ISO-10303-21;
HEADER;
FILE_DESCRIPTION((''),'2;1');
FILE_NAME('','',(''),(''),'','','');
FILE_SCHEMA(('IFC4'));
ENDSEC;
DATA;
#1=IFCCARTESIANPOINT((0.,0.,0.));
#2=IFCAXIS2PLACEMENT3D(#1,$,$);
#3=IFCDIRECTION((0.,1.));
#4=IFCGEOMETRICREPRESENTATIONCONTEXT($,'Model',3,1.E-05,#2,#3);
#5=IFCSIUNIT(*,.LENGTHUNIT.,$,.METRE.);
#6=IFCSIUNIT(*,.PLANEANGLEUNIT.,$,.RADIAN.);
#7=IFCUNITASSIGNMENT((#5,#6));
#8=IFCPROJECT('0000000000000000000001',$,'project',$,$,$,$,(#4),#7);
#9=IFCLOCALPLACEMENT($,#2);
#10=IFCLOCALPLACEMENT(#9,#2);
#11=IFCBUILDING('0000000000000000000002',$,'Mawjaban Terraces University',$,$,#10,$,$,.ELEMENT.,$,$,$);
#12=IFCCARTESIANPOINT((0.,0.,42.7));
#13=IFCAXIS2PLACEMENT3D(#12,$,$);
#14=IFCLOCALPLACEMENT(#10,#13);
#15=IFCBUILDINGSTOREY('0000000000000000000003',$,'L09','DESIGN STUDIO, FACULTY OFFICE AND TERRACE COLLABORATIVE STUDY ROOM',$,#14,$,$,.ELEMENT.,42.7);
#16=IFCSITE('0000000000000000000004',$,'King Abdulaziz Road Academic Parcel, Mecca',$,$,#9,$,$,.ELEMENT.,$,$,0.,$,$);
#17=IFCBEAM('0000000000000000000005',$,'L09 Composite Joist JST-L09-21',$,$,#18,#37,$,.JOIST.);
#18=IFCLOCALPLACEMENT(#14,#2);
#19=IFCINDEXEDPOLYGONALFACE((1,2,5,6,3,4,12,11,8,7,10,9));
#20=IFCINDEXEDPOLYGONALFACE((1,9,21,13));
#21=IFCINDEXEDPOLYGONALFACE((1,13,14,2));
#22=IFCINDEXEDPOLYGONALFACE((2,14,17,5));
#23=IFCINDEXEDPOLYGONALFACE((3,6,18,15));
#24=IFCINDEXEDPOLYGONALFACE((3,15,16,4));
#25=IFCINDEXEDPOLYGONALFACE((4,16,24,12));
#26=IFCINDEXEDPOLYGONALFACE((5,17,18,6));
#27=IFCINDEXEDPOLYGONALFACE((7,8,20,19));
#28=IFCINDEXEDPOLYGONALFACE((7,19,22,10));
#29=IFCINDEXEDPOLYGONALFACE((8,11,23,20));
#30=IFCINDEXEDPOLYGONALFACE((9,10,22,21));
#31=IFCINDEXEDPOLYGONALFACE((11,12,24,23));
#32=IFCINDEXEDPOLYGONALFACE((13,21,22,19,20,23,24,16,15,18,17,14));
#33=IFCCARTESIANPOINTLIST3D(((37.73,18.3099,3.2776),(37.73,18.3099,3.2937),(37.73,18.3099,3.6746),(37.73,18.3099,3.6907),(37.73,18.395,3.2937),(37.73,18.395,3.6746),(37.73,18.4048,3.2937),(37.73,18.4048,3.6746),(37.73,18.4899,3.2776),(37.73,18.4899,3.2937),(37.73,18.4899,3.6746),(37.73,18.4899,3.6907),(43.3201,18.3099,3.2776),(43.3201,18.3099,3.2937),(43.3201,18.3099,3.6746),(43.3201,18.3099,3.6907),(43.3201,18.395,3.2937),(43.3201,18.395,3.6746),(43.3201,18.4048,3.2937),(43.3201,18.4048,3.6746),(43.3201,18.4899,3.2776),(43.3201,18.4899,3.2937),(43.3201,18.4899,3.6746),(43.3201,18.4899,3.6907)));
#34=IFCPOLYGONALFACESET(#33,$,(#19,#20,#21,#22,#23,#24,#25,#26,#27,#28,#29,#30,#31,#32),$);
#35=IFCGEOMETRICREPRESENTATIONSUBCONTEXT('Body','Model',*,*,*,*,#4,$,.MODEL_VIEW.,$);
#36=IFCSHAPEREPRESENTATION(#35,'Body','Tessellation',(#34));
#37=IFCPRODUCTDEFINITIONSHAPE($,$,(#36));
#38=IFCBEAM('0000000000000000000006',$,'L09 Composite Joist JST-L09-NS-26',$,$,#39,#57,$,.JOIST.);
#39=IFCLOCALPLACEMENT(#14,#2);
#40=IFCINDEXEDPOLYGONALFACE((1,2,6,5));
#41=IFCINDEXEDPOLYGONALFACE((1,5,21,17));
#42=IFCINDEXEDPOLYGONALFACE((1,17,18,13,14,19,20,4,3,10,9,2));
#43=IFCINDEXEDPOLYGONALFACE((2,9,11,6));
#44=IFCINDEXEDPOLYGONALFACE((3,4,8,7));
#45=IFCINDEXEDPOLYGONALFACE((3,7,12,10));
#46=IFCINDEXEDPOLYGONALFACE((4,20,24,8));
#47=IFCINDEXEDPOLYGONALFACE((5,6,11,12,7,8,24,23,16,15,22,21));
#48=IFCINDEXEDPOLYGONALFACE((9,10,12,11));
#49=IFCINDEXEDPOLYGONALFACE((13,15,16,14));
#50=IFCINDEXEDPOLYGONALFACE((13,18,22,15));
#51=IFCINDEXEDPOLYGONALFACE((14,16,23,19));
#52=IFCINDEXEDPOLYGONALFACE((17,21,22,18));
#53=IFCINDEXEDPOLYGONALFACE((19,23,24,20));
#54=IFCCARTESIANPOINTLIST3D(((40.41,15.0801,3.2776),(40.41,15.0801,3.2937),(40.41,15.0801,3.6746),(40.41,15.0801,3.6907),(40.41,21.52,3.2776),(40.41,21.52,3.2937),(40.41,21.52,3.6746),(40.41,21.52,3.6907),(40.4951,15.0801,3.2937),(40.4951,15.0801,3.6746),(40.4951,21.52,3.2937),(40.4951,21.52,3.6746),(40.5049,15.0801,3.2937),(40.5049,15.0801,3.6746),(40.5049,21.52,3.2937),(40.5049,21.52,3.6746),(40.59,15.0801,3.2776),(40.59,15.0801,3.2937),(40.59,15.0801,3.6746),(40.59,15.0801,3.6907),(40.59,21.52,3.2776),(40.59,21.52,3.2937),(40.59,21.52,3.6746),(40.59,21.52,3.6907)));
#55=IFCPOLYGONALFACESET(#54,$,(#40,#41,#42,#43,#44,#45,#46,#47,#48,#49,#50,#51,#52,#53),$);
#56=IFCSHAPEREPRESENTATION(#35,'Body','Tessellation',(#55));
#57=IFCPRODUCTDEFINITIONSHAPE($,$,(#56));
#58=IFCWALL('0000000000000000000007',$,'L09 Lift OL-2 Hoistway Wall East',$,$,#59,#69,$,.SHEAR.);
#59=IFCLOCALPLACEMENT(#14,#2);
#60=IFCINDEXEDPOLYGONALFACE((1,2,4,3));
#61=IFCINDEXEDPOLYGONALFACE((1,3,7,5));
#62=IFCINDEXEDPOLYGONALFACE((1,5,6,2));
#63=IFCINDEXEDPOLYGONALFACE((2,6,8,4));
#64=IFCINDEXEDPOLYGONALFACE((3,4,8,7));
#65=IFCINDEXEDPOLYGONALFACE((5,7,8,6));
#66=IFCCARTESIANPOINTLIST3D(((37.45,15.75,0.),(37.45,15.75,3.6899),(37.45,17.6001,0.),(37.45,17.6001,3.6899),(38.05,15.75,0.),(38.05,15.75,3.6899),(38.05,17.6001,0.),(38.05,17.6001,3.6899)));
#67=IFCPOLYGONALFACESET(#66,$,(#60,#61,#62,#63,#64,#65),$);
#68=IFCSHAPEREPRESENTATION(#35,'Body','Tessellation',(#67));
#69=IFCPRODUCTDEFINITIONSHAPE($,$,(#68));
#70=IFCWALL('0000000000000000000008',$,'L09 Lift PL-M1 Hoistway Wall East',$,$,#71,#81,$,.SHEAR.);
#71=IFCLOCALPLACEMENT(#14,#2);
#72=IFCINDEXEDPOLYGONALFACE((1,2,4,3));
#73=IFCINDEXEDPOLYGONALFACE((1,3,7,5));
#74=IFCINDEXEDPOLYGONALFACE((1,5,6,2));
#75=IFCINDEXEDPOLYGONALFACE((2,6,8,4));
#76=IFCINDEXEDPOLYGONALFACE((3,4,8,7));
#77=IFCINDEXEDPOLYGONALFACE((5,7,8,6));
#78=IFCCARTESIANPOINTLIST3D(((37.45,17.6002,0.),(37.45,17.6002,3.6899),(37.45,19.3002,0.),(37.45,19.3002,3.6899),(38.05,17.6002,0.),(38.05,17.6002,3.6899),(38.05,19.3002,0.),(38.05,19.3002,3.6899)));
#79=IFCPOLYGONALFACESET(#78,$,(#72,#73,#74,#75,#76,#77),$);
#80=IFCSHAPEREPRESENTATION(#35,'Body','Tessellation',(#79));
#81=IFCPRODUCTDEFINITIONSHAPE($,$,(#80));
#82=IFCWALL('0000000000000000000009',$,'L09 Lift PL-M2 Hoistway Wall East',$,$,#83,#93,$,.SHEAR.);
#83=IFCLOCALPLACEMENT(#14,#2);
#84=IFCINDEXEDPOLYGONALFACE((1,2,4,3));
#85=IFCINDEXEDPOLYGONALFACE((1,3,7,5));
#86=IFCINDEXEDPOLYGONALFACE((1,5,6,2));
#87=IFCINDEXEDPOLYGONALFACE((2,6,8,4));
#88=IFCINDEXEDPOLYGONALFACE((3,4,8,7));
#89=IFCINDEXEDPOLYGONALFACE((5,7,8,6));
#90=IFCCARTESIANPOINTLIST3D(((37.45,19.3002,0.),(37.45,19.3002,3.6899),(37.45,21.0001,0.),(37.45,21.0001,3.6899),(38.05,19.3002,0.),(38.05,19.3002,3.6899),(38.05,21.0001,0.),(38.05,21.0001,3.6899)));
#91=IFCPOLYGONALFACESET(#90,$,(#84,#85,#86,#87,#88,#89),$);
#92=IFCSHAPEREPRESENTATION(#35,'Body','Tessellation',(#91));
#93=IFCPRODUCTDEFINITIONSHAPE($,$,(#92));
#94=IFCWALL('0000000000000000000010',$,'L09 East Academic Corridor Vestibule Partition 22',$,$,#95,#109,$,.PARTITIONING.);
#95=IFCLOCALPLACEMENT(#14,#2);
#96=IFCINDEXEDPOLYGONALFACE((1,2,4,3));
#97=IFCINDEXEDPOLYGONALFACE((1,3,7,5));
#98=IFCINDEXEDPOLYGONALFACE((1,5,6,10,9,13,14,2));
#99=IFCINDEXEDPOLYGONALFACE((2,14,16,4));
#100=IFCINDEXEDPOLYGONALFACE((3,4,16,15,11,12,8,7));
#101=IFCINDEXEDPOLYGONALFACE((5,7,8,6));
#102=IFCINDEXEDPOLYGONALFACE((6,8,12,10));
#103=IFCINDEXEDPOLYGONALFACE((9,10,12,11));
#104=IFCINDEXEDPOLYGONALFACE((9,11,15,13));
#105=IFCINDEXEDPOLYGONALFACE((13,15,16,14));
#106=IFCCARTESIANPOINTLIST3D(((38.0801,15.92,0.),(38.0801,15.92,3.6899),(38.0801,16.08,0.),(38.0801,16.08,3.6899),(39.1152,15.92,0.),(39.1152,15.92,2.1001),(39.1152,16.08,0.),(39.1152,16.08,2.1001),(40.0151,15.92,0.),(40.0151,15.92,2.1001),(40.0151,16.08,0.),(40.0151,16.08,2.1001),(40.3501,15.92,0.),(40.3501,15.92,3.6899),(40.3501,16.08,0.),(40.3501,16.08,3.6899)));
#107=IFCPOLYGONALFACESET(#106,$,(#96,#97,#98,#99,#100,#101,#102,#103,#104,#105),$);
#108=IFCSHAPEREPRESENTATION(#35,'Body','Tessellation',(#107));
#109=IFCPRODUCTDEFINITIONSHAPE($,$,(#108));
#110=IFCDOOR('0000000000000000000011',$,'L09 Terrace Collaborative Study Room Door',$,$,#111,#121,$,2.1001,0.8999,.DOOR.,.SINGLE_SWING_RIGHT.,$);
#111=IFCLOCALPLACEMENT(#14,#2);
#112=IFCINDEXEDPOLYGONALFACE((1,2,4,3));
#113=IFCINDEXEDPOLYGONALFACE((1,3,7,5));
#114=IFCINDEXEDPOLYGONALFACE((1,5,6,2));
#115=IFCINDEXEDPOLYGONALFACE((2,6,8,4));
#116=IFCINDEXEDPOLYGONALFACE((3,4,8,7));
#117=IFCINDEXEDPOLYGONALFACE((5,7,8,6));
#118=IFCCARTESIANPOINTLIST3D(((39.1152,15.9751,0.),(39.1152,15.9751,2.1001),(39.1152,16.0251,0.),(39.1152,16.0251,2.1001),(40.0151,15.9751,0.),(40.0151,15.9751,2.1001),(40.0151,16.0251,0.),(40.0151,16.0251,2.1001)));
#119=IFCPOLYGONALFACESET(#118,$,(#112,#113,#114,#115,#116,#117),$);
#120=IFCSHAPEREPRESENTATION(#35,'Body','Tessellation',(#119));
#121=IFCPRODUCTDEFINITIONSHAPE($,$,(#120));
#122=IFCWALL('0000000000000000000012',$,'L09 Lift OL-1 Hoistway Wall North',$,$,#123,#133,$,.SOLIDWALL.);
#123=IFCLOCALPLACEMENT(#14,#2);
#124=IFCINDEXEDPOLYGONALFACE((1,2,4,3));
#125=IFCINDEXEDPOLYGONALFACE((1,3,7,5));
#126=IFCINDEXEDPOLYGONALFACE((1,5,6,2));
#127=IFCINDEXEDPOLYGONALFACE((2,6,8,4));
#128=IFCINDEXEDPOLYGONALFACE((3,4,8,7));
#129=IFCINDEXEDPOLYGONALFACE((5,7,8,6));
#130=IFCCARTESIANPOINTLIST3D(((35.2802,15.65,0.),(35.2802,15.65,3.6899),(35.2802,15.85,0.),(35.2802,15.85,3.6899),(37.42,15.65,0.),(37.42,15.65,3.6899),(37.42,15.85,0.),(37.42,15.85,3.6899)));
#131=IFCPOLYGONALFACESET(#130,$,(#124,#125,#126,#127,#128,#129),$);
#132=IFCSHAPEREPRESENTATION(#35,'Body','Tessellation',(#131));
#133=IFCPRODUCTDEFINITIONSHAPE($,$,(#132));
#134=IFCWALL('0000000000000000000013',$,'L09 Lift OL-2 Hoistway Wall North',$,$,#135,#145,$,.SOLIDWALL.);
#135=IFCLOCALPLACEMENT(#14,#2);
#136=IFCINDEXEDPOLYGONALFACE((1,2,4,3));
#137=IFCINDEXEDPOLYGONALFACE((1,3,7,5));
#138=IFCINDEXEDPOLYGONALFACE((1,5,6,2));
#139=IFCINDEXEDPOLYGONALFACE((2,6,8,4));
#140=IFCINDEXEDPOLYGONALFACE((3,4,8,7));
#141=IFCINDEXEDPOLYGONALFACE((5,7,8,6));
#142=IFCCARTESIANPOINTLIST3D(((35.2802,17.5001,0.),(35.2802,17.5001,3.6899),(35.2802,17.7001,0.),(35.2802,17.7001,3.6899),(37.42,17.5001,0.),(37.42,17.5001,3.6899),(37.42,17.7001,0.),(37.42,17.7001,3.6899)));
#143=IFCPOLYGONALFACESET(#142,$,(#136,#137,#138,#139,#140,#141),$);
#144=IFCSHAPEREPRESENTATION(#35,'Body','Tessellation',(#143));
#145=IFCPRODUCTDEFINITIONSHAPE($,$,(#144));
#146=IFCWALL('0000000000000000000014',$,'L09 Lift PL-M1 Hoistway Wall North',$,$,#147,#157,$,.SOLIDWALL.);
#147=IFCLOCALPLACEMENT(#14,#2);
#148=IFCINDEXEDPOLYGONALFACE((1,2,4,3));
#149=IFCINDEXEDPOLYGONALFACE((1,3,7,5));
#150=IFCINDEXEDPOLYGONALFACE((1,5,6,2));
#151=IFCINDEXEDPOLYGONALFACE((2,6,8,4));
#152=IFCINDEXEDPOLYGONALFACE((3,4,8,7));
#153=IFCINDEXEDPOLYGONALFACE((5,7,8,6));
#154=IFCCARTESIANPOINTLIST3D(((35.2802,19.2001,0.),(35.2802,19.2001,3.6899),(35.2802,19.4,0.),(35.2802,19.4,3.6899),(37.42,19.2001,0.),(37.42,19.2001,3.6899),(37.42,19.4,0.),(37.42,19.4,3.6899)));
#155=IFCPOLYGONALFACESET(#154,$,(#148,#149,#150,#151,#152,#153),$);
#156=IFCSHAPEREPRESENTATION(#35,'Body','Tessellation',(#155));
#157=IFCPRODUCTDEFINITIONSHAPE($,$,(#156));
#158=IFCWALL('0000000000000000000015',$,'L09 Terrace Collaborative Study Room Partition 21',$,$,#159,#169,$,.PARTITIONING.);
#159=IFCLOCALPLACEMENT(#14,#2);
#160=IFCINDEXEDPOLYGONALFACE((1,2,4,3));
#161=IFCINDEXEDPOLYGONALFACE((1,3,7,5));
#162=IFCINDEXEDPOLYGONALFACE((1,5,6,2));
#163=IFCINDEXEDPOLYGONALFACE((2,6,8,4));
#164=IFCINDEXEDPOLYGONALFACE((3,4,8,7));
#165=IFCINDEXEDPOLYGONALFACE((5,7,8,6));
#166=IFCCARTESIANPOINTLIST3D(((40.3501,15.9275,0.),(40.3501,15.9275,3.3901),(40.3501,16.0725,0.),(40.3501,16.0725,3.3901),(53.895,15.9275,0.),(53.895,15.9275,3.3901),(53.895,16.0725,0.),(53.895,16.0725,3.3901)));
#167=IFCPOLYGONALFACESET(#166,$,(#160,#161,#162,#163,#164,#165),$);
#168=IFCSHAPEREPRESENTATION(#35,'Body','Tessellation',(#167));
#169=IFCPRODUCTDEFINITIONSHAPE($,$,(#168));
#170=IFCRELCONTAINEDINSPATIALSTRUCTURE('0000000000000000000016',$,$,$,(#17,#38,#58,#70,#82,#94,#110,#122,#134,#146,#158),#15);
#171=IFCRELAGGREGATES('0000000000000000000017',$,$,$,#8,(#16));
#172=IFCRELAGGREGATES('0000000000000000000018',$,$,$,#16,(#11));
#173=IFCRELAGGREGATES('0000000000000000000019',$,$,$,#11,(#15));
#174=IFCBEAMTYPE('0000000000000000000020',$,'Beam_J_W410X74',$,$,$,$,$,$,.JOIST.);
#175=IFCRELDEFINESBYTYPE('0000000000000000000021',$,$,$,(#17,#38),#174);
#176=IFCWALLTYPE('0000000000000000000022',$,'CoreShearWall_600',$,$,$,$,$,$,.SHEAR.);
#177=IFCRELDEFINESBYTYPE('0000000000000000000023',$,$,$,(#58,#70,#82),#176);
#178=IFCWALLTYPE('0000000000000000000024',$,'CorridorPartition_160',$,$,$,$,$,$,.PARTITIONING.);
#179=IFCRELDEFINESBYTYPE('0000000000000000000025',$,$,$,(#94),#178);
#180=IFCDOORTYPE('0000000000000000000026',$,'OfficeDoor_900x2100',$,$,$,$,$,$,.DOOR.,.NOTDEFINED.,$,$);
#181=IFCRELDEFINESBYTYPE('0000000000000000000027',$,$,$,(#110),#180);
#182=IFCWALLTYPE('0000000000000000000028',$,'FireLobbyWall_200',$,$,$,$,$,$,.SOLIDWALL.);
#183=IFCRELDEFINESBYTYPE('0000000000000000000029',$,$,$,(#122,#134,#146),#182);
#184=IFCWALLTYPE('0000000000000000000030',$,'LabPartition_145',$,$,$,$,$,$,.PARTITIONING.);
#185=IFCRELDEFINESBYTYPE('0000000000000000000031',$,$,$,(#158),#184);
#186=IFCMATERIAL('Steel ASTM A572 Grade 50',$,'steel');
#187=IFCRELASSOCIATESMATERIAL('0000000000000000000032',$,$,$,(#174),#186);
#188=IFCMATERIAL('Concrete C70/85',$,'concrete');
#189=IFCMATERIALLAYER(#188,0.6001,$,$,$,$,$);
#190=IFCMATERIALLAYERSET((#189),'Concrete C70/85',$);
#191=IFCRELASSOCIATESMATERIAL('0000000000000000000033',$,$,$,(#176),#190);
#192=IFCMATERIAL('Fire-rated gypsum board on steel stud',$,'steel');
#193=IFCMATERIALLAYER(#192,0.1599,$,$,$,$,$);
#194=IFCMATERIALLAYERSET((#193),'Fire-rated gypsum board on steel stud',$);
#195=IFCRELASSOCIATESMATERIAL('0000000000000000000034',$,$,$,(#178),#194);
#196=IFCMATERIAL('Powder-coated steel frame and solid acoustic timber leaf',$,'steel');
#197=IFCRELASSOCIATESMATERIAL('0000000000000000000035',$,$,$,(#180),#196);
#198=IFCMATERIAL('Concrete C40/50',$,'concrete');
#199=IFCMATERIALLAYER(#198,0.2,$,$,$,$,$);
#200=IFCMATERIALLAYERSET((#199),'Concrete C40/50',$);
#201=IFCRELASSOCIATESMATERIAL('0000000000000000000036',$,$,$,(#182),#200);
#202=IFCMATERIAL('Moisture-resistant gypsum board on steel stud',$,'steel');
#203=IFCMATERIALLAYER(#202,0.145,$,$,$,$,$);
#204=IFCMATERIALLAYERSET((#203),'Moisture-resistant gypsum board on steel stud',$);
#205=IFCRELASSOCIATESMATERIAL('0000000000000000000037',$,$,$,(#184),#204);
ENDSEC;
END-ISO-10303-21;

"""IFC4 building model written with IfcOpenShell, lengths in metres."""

from ifc_helpers import new_model, si_unit, direction, frame, frame_2d, origin, origin_2d, place, context, subcontext, project, spatial, rectangle, i_section, extrude, material, layer, layer_set, material_profile, profile_set, type_object, element, fill, save


model = new_model("IFC4")

# Units and contexts
model_context = context("Model", 3, precision=1e-05, world=origin(), true_north=direction((0.0, 1.0)))
body_context = subcontext(model_context, "Body", "Model", "MODEL_VIEW")
ifc_project = project(units=[si_unit("LENGTHUNIT", "METRE"), si_unit("PLANEANGLEUNIT", "RADIAN")], contexts=[model_context])

# Site, building, storey
site_placement = place(None, origin())
site = spatial("IfcSite", under=ifc_project, at=site_placement, Name="King Abdulaziz Road Academic Parcel, Mecca", CompositionType="ELEMENT", RefElevation=0.0)
building_placement = place(site_placement, origin())
building = spatial("IfcBuilding", under=site, at=building_placement, Name="Mawjaban Terraces University", CompositionType="ELEMENT")
storey_placement = place(building_placement, frame((0.0, 0.0, 42.7)))
storey = spatial("IfcBuildingStorey", under=building, at=storey_placement, Name="L09", Description="DESIGN STUDIO, FACULTY OFFICE AND TERRACE COLLABORATIVE STUDY ROOM", CompositionType="ELEMENT", Elevation=42.7)

# Beams
ifc_material_1 = material(Name="Steel ASTM A572 Grade 50", Category="steel")
ifc_material_profile_1 = material_profile(ifc_material_1, i_section(OverallWidth=0.1799, OverallDepth=0.4131, WebThickness=0.0098, FlangeThickness=0.0161, at=origin_2d()), Name="W410X74")
ifc_profile_set_1 = profile_set([ifc_material_profile_1], Name="Steel ASTM A572 Grade 50")
beam_type_1 = type_object("IfcBeamType", Name="Beam_J_W410X74", PredefinedType="JOIST", material=ifc_profile_set_1)
beam_1_placement = place(storey_placement, frame((37.73, 18.3999, 3.4841), z_axis=(1.0, 0.0, 0.0), x_axis=(0.0, 1.0, 0.0)))
element("IfcBeam", 1, at=beam_1_placement, inside=storey, type_object=beam_type_1, Name="L09 Composite Joist JST-L09-21", PredefinedType="JOIST", context=body_context, shape_type="SweptSolid", body=[
    extrude(i_section(OverallWidth=0.1799, OverallDepth=0.4131, WebThickness=0.0098, FlangeThickness=0.0161, at=origin_2d()), origin(), (0.0, 0.0, 1.0), 5.5901),
])
beam_2_placement = place(storey_placement, frame((40.5, 15.0801, 3.4841), z_axis=(0.0, 1.0, 0.0), x_axis=(-1.0, 0.0, 0.0)))
element("IfcBeam", 2, at=beam_2_placement, inside=storey, type_object=beam_type_1, Name="L09 Composite Joist JST-L09-NS-26", PredefinedType="JOIST", context=body_context, shape_type="SweptSolid", body=[
    extrude(i_section(OverallWidth=0.1799, OverallDepth=0.4131, WebThickness=0.0098, FlangeThickness=0.0161, at=origin_2d()), origin(), (0.0, 0.0, 1.0), 6.4399),
])

# Walls
ifc_material_2 = material(Name="Concrete C70/85", Category="concrete")
ifc_layer_1 = layer(ifc_material_2, 0.6001)
ifc_layer_set_1 = layer_set([ifc_layer_1], Name="Concrete C70/85")
wall_type_1 = type_object("IfcWallType", Name="CoreShearWall_600", PredefinedType="SHEAR", material=ifc_layer_set_1)
wall_1_placement = place(storey_placement, frame((37.75, 15.75, 0.0), z_axis=(0.0, 0.0, 1.0), x_axis=(0.0, 1.0, 0.0)))
element("IfcWall", 3, at=wall_1_placement, inside=storey, type_object=wall_type_1, Name="L09 Lift OL-2 Hoistway Wall East", PredefinedType="SHEAR", context=body_context, shape_type="SweptSolid", body=[
    extrude(rectangle(XDim=1.8501, YDim=0.6001, at=frame_2d((0.925, 0.0))), origin(), (0.0, 0.0, 1.0), 3.6899),
])
for number, where, z_axis, x_axis, name in (
    (4, (37.75, 17.6001, 0.0), (0.0, 0.0, 1.0), (0.0, 1.0, 0.0), "L09 Lift PL-M1 Hoistway Wall East"),
    (5, (37.75, 19.3, 0.0), (0.0, 0.0, 1.0), (0.0, 1.0, 0.0), "L09 Lift PL-M2 Hoistway Wall East"),
):
    element("IfcWall", number, at=place(storey_placement, frame(where, z_axis=z_axis, x_axis=x_axis)), inside=storey, type_object=wall_type_1, Name=name, PredefinedType="SHEAR", context=body_context, shape_type="SweptSolid", body=[
        extrude(rectangle(XDim=1.7, YDim=0.6001, at=frame_2d((0.8501, 0.0))), origin(), (0.0, 0.0, 1.0), 3.6899),
    ])

# Wall, opening, door
ifc_material_3 = material(Name="Fire-rated gypsum board on steel stud", Category="steel")
ifc_layer_2 = layer(ifc_material_3, 0.1599)
ifc_layer_set_2 = layer_set([ifc_layer_2], Name="Fire-rated gypsum board on steel stud")
wall_type_2 = type_object("IfcWallType", Name="CorridorPartition_160", PredefinedType="PARTITIONING", material=ifc_layer_set_2)
wall_2_placement = place(storey_placement, frame((40.3501, 16.0, 0.0), z_axis=(0.0, 0.0, 1.0), x_axis=(-1.0, 0.0, 0.0)))
wall_2 = element("IfcWall", 6, at=wall_2_placement, inside=storey, type_object=wall_type_2, Name="L09 East Academic Corridor Vestibule Partition 22", PredefinedType="PARTITIONING", context=body_context, shape_type="SweptSolid", body=[
    extrude(rectangle(XDim=2.27, YDim=0.1599, at=frame_2d((1.135, 0.0))), origin(), (0.0, 0.0, 1.0), 3.6899),
])
opening_placement = place(wall_2_placement, frame((0.335, 0.0, 0.0)))
opening = element("IfcOpeningElement", 7, at=opening_placement, cuts=wall_2, PredefinedType="OPENING", context=body_context, shape_type="SweptSolid", body=[
    extrude(rectangle(XDim=0.8999, YDim=2.1001, at=frame_2d((0.45, 1.05))), frame((0.0, 0.0898, 0.0), z_axis=(0.0, -1.0, 0.0), x_axis=(1.0, 0.0, 0.0)), (0.0, 0.0, 1.0), 0.1799),
])
ifc_material_4 = material(Name="Powder-coated steel frame and solid acoustic timber leaf", Category="steel")
door_type = type_object("IfcDoorType", Name="OfficeDoor_900x2100", OperationType="NOTDEFINED", PredefinedType="DOOR", material=ifc_material_4)
door_placement = place(opening_placement, origin())
door = element("IfcDoor", 8, at=door_placement, inside=storey, type_object=door_type, Name="L09 Terrace Collaborative Study Room Door", OperationType="SINGLE_SWING_RIGHT", OverallHeight=2.1001, OverallWidth=0.8999, PredefinedType="DOOR", context=body_context, shape_type="SweptSolid", body=[
    extrude(rectangle(XDim=0.8999, YDim=2.1001, at=frame_2d((0.45, 1.05))), frame((0.0, 0.0249, 0.0), z_axis=(0.0, -1.0, 0.0), x_axis=(1.0, 0.0, 0.0)), (0.0, 0.0, 1.0), 0.05),
])
fill(opening, door)

# Walls
ifc_material_5 = material(Name="Concrete C40/50", Category="concrete")
ifc_layer_3 = layer(ifc_material_5, 0.2)
ifc_layer_set_3 = layer_set([ifc_layer_3], Name="Concrete C40/50")
wall_type_3 = type_object("IfcWallType", Name="FireLobbyWall_200", PredefinedType="SOLIDWALL", material=ifc_layer_set_3)
for number, where, z_axis, x_axis, name in (
    (9, (37.4199, 15.75, 0.0), (0.0, 0.0, 1.0), (-1.0, 0.0, 0.0), "L09 Lift OL-1 Hoistway Wall North"),
    (10, (37.4199, 17.6001, 0.0), (0.0, 0.0, 1.0), (-1.0, 0.0, 0.0), "L09 Lift OL-2 Hoistway Wall North"),
    (11, (37.4199, 19.3, 0.0), (0.0, 0.0, 1.0), (-1.0, 0.0, 0.0), "L09 Lift PL-M1 Hoistway Wall North"),
):
    element("IfcWall", number, at=place(storey_placement, frame(where, z_axis=z_axis, x_axis=x_axis)), inside=storey, type_object=wall_type_3, Name=name, PredefinedType="SOLIDWALL", context=body_context, shape_type="SweptSolid", body=[
        extrude(rectangle(XDim=2.1399, YDim=0.2, at=frame_2d((1.0698, 0.0))), origin(), (0.0, 0.0, 1.0), 3.6899),
    ])
ifc_material_6 = material(Name="Moisture-resistant gypsum board on steel stud", Category="steel")
ifc_layer_4 = layer(ifc_material_6, 0.145)
ifc_layer_set_4 = layer_set([ifc_layer_4], Name="Moisture-resistant gypsum board on steel stud")
wall_type_4 = type_object("IfcWallType", Name="LabPartition_145", PredefinedType="PARTITIONING", material=ifc_layer_set_4)
wall_3_placement = place(storey_placement, frame((40.3501, 16.0, 0.0), z_axis=(0.0, 0.0, 1.0), x_axis=(1.0, 0.0, 0.0)))
element("IfcWall", 12, at=wall_3_placement, inside=storey, type_object=wall_type_4, Name="L09 Terrace Collaborative Study Room Partition 21", PredefinedType="PARTITIONING", context=body_context, shape_type="SweptSolid", body=[
    extrude(rectangle(XDim=13.5449, YDim=0.145, at=frame_2d((6.7725, 0.0))), origin(), (0.0, 0.0, 1.0), 3.3901),
])

save(model, "model.ifc")
